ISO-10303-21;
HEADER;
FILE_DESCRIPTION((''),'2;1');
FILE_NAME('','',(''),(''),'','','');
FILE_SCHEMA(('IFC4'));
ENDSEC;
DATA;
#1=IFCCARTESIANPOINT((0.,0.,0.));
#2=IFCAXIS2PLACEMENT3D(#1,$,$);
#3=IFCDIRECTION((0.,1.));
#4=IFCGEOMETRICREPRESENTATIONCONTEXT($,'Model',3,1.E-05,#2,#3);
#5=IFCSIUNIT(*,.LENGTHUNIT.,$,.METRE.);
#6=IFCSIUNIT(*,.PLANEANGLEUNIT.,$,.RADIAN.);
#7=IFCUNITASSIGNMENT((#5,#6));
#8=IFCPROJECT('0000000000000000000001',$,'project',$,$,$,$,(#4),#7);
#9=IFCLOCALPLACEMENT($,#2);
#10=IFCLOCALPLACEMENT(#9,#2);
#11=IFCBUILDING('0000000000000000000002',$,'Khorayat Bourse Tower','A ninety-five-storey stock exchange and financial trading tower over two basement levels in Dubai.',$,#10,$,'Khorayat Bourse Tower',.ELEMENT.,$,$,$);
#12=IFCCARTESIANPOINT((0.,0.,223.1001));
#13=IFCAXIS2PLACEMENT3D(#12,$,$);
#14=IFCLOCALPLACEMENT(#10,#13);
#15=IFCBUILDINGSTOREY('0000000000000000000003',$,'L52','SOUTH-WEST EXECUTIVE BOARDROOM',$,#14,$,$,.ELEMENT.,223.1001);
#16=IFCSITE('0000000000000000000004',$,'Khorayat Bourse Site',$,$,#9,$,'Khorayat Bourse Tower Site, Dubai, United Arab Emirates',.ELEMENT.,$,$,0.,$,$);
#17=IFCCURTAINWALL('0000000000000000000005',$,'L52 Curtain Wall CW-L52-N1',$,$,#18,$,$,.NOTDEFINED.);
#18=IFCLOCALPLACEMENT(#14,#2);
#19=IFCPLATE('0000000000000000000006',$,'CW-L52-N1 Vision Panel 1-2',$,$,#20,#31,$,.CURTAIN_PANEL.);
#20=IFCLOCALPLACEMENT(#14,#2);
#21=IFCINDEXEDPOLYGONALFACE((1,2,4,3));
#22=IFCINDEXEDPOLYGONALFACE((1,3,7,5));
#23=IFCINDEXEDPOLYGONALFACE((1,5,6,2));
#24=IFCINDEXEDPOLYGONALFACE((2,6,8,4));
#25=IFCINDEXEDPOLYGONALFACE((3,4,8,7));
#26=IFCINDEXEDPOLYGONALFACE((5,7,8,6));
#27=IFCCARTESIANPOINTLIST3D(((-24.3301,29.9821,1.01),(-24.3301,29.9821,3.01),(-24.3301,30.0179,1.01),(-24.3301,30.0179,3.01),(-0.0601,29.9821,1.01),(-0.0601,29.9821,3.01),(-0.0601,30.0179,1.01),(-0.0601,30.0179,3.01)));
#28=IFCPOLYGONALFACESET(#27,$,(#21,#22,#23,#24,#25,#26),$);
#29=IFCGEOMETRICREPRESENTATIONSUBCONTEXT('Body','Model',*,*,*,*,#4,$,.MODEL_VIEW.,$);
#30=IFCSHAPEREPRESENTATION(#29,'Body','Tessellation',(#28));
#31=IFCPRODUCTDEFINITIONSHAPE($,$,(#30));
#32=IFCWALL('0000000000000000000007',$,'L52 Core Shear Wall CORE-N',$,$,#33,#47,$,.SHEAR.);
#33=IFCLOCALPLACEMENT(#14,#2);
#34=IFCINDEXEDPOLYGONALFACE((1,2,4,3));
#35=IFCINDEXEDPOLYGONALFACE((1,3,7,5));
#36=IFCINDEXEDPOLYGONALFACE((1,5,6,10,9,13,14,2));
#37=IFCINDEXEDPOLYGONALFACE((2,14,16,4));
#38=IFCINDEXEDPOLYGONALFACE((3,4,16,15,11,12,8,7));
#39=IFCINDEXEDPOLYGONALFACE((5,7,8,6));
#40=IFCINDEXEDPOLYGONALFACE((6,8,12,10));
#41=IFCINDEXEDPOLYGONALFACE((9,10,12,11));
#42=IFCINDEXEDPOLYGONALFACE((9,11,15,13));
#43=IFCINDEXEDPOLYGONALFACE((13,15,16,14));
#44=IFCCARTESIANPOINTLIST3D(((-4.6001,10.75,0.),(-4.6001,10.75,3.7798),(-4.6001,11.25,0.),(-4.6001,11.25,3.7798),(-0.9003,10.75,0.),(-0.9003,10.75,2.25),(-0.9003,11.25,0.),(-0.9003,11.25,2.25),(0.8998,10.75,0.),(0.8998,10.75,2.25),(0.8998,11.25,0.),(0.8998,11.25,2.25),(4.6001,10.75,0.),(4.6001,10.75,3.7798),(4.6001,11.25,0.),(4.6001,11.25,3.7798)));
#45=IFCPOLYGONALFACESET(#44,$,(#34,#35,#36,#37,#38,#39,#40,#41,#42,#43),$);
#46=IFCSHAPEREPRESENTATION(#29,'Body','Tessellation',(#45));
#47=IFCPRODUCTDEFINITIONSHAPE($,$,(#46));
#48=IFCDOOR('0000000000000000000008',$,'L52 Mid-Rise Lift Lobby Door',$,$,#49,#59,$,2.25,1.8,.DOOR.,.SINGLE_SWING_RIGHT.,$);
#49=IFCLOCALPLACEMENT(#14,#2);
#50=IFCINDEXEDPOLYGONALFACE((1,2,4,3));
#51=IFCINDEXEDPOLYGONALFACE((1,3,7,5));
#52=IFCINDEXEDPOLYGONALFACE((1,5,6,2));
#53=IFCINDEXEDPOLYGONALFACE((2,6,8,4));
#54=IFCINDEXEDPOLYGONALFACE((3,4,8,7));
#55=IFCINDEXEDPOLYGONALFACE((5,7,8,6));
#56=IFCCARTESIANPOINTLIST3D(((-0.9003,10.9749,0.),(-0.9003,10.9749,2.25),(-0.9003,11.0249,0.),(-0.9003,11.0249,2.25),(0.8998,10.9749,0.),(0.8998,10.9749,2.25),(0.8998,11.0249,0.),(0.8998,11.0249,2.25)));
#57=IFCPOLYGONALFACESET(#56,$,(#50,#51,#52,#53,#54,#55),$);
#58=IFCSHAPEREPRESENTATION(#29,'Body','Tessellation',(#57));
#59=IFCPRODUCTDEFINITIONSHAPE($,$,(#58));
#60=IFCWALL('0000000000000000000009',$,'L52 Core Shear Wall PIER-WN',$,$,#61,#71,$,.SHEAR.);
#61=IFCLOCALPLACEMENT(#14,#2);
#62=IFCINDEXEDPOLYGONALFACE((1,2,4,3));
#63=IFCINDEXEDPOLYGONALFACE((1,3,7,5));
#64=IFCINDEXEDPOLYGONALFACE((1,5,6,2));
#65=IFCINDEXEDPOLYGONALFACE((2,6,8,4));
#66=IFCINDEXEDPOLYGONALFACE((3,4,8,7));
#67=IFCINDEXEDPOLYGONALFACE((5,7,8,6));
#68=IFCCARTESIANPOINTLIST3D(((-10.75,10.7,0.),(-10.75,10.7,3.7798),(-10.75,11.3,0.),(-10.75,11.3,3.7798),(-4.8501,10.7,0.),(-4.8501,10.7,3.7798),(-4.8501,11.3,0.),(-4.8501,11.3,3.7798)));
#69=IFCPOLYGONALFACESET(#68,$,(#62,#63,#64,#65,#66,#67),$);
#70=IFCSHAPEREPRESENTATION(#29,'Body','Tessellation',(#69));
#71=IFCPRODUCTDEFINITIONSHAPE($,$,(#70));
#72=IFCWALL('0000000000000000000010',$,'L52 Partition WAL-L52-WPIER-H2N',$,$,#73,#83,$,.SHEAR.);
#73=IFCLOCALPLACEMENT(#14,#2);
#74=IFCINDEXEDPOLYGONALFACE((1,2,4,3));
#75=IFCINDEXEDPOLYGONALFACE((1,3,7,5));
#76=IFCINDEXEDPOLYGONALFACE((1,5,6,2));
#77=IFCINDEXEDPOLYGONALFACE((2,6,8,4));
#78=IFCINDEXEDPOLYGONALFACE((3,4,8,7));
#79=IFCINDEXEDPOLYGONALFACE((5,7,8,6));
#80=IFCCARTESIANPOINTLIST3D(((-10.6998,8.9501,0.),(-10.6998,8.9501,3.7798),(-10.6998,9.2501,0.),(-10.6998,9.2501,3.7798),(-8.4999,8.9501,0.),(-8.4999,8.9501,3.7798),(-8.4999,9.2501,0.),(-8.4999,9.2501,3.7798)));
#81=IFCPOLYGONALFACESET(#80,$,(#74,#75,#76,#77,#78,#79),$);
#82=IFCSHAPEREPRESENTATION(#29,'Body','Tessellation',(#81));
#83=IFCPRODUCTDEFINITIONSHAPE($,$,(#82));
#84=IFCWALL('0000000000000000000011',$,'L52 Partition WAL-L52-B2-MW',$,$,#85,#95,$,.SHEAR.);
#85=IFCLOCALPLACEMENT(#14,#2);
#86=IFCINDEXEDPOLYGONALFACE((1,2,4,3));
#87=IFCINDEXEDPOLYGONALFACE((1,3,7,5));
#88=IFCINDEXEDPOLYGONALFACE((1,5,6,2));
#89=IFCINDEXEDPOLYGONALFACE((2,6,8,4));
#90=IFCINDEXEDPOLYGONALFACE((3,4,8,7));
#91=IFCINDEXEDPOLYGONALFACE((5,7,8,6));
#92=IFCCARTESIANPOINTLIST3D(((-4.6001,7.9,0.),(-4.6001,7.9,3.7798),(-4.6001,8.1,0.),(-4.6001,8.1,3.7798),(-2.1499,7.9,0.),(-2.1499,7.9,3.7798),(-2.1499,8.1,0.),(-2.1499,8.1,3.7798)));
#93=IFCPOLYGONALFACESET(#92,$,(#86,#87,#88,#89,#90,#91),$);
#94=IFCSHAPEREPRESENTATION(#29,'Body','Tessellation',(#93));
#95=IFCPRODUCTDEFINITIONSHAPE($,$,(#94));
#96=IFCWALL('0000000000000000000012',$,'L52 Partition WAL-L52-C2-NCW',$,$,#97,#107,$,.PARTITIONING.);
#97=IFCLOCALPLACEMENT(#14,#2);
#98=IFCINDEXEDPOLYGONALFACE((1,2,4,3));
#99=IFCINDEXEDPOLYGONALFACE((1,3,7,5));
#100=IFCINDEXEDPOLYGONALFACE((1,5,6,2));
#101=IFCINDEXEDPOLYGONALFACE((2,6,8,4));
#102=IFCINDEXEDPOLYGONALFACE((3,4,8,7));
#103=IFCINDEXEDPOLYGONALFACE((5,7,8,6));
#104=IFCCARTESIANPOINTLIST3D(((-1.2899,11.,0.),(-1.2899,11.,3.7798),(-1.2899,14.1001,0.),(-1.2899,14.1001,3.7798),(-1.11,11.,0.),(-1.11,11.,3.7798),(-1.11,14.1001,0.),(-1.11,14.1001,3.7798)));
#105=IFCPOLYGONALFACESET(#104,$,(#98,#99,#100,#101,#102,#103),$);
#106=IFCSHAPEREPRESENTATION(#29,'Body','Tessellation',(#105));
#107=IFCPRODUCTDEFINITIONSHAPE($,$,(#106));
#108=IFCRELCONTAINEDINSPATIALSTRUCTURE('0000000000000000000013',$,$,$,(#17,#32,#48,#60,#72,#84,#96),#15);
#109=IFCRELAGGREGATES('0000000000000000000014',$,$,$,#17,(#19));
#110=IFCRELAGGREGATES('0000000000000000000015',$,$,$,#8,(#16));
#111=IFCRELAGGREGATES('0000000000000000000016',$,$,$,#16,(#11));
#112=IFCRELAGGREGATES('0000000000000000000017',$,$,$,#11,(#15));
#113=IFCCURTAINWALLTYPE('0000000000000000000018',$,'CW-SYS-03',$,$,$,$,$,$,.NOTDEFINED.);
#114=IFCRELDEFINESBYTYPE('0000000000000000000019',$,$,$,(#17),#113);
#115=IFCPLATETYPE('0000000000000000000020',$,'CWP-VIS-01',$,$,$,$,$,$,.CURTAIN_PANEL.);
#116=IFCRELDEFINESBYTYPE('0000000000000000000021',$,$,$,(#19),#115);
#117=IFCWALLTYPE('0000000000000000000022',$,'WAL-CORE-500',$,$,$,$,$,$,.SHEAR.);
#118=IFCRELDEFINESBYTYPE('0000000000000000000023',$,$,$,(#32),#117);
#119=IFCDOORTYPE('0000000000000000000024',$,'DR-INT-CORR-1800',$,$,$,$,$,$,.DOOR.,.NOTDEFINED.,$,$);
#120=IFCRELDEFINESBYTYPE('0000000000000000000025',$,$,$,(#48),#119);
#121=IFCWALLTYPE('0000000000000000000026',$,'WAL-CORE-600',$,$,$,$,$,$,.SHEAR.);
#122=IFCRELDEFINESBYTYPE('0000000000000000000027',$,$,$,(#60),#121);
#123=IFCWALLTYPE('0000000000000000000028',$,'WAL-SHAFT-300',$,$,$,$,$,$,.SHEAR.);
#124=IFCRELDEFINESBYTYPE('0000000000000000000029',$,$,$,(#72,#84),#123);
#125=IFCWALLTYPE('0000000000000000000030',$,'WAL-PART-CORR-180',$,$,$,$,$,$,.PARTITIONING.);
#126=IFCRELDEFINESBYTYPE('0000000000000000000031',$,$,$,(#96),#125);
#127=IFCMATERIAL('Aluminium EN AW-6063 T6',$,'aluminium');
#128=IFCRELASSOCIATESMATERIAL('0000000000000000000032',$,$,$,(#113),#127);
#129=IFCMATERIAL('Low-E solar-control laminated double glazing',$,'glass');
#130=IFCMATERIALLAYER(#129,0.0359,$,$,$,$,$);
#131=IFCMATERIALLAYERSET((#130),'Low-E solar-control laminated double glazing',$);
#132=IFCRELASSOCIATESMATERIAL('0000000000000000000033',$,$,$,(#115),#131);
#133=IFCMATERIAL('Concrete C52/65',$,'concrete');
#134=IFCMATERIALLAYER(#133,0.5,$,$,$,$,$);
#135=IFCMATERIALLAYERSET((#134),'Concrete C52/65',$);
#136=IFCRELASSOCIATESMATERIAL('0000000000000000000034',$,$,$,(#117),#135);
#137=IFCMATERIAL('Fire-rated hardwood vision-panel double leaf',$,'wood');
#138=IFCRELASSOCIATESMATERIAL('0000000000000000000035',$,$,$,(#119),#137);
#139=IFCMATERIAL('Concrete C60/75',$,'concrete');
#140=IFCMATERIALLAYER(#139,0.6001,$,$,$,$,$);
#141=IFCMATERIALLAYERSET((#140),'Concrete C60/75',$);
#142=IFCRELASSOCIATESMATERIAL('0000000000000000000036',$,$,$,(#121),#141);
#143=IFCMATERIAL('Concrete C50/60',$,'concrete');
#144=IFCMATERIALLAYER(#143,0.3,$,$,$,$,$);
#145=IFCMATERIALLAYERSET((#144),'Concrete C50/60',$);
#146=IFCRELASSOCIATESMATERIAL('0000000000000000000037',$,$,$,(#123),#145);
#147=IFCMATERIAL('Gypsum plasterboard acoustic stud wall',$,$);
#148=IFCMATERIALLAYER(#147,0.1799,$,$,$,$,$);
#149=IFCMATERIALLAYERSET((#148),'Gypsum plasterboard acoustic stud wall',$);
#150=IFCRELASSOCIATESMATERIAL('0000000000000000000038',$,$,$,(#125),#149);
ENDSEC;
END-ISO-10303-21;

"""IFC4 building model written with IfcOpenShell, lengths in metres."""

from ifc_helpers import new_model, si_unit, direction, frame, frame_2d, origin, origin_2d, place, context, subcontext, project, spatial, rectangle, extrude, source, transform, mapped, material, layer, layer_set, type_object, element, fill, aggregate, save


model = new_model("IFC4")

# Units and contexts
model_context = context("Model", 3, precision=1e-05, world=origin(), true_north=direction((0.0, 1.0)))
body_context = subcontext(model_context, "Body", "Model", "MODEL_VIEW")
ifc_project = project(units=[si_unit("LENGTHUNIT", "METRE"), si_unit("PLANEANGLEUNIT", "RADIAN")], contexts=[model_context])

# Site, building, storey
site_placement = place(None, origin())
site = spatial("IfcSite", under=ifc_project, at=site_placement, Name="Khorayat Bourse Site", LongName="Khorayat Bourse Tower Site, Dubai, United Arab Emirates", CompositionType="ELEMENT", RefElevation=0.0)
building_placement = place(site_placement, origin())
building = spatial("IfcBuilding", under=site, at=building_placement, Name="Khorayat Bourse Tower", Description="A ninety-five-storey stock exchange and financial trading tower over two basement levels in Dubai.", LongName="Khorayat Bourse Tower", CompositionType="ELEMENT")
storey_placement = place(building_placement, frame((0.0, 0.0, 223.1001)))
storey = spatial("IfcBuildingStorey", under=building, at=storey_placement, Name="L52", Description="SOUTH-WEST EXECUTIVE BOARDROOM", CompositionType="ELEMENT", Elevation=223.1001)

# Shared definitions
ifc_material_1 = material(Name="Concrete C60/75", Category="concrete")

# Curtain wall, plate
ifc_material_2 = material(Name="Aluminium EN AW-6063 T6", Category="aluminium")
curtain_wall_type = type_object("IfcCurtainWallType", Name="CW-SYS-03", PredefinedType="NOTDEFINED", material=ifc_material_2)
curtain_wall_placement = place(storey_placement, origin())
curtain_wall = element("IfcCurtainWall", 1, at=curtain_wall_placement, inside=storey, type_object=curtain_wall_type, Name="L52 Curtain Wall CW-L52-N1", PredefinedType="NOTDEFINED")
ifc_material_3 = material(Name="Low-E solar-control laminated double glazing", Category="glass")
ifc_layer_1 = layer(ifc_material_3, 0.0359)
ifc_layer_set_1 = layer_set([ifc_layer_1], Name="Low-E solar-control laminated double glazing")
plate_type_1 = type_object("IfcPlateType", Name="CWP-VIS-01", PredefinedType="CURTAIN_PANEL", material=ifc_layer_set_1)
shared_shape_1 = source(origin(), body_context, "Body", "SweptSolid", [
    extrude(rectangle(XDim=24.27, YDim=0.0359, at=origin_2d()), origin(), (0.0, 0.0, 1.0), 2.0),
])
plate_1_placement = place(storey_placement, frame((-12.1951, 30.0, 1.01), z_axis=(0.0, 0.0, 1.0), x_axis=(1.0, 0.0, 0.0)))
plate_1 = element("IfcPlate", 2, at=plate_1_placement, type_object=plate_type_1, Name="CW-L52-N1 Vision Panel 1-2", PredefinedType="CURTAIN_PANEL", context=body_context, shape_type="MappedRepresentation", body=[
    mapped(shared_shape_1, transform((0.0, 0.0, 0.0), scale=1.0)),
])
aggregate(curtain_wall, [plate_1])

# Wall, opening, door
ifc_material_4 = material(Name="Concrete C52/65", Category="concrete")
ifc_layer_2 = layer(ifc_material_4, 0.5)
ifc_layer_set_2 = layer_set([ifc_layer_2], Name="Concrete C52/65")
wall_type_1 = type_object("IfcWallType", Name="WAL-CORE-500", PredefinedType="SHEAR", material=ifc_layer_set_2)
shared_shape_2 = source(origin(), body_context, "Body", "SweptSolid", [
    extrude(rectangle(XDim=9.2002, YDim=0.5, at=frame_2d((4.6001, 0.0))), origin(), (0.0, 0.0, 1.0), 3.7798),
])
wall_1_placement = place(storey_placement, frame((-4.6001, 11.0, 0.0), z_axis=(0.0, 0.0, 1.0), x_axis=(1.0, 0.0, 0.0)))
wall_1 = element("IfcWall", 3, at=wall_1_placement, inside=storey, type_object=wall_type_1, Name="L52 Core Shear Wall CORE-N", PredefinedType="SHEAR", context=body_context, shape_type="MappedRepresentation", body=[
    mapped(shared_shape_2, transform((0.0, 0.0, 0.0), scale=1.0)),
])
shared_shape_3 = source(origin(), body_context, "Body", "SweptSolid", [
    extrude(rectangle(XDim=1.8, YDim=2.25, at=frame_2d((0.8999, 1.125))), frame((0.0, 0.26, 0.0), z_axis=(0.0, -1.0, 0.0), x_axis=(1.0, 0.0, 0.0)), (0.0, 0.0, 1.0), 0.52),
])
opening_placement = place(wall_1_placement, frame((3.7, 0.0, 0.0)))
opening = element("IfcOpeningElement", 4, at=opening_placement, cuts=wall_1, PredefinedType="OPENING", context=body_context, shape_type="MappedRepresentation", body=[
    mapped(shared_shape_3, transform((0.0, 0.0, 0.0), scale=1.0)),
])
ifc_material_5 = material(Name="Fire-rated hardwood vision-panel double leaf", Category="wood")
door_type = type_object("IfcDoorType", Name="DR-INT-CORR-1800", OperationType="NOTDEFINED", PredefinedType="DOOR", material=ifc_material_5)
shared_shape_4 = source(origin(), body_context, "Body", "SweptSolid", [
    extrude(rectangle(XDim=1.8, YDim=2.25, at=frame_2d((0.8999, 1.125))), frame((0.0, 0.0249, 0.0), z_axis=(0.0, -1.0, 0.0), x_axis=(1.0, 0.0, 0.0)), (0.0, 0.0, 1.0), 0.05),
])
door_placement = place(opening_placement, origin())
door = element("IfcDoor", 5, at=door_placement, inside=storey, type_object=door_type, Name="L52 Mid-Rise Lift Lobby Door", OperationType="SINGLE_SWING_RIGHT", OverallHeight=2.25, OverallWidth=1.8, PredefinedType="DOOR", context=body_context, shape_type="MappedRepresentation", body=[
    mapped(shared_shape_4, transform((0.0, 0.0, 0.0), scale=1.0)),
])
fill(opening, door)

# Walls
ifc_layer_3 = layer(ifc_material_1, 0.6001)
ifc_layer_set_3 = layer_set([ifc_layer_3], Name="Concrete C60/75")
wall_type_2 = type_object("IfcWallType", Name="WAL-CORE-600", PredefinedType="SHEAR", material=ifc_layer_set_3)
shared_shape_5 = source(origin(), body_context, "Body", "SweptSolid", [
    extrude(rectangle(XDim=5.8999, YDim=0.6001, at=frame_2d((2.95, 0.0))), origin(), (0.0, 0.0, 1.0), 3.7798),
])
wall_2_placement = place(storey_placement, frame((-10.75, 11.0, 0.0), z_axis=(0.0, 0.0, 1.0), x_axis=(1.0, 0.0, 0.0)))
element("IfcWall", 6, at=wall_2_placement, inside=storey, type_object=wall_type_2, Name="L52 Core Shear Wall PIER-WN", PredefinedType="SHEAR", context=body_context, shape_type="MappedRepresentation", body=[
    mapped(shared_shape_5, transform((0.0, 0.0, 0.0), scale=1.0)),
])
ifc_material_6 = material(Name="Concrete C50/60", Category="concrete")
ifc_layer_4 = layer(ifc_material_6, 0.3)
ifc_layer_set_4 = layer_set([ifc_layer_4], Name="Concrete C50/60")
wall_type_3 = type_object("IfcWallType", Name="WAL-SHAFT-300", PredefinedType="SHEAR", material=ifc_layer_set_4)
shared_shape_6 = source(origin(), body_context, "Body", "SweptSolid", [
    extrude(rectangle(XDim=2.2, YDim=0.3, at=frame_2d((1.1001, 0.0))), origin(), (0.0, 0.0, 1.0), 3.7798),
])
wall_3_placement = place(storey_placement, frame((-10.7, 9.1001, 0.0), z_axis=(0.0, 0.0, 1.0), x_axis=(1.0, 0.0, 0.0)))
element("IfcWall", 7, at=wall_3_placement, inside=storey, type_object=wall_type_3, Name="L52 Partition WAL-L52-WPIER-H2N", PredefinedType="SHEAR", context=body_context, shape_type="MappedRepresentation", body=[
    mapped(shared_shape_6, transform((0.0, 0.0, 0.0), scale=1.0)),
])
shared_shape_7 = source(origin(), body_context, "Body", "SweptSolid", [
    extrude(rectangle(XDim=2.4502, YDim=0.2, at=frame_2d((1.2251, 0.0))), origin(), (0.0, 0.0, 1.0), 3.7798),
])
wall_4_placement = place(storey_placement, frame((-4.6001, 8.0, 0.0), z_axis=(0.0, 0.0, 1.0), x_axis=(1.0, 0.0, 0.0)))
element("IfcWall", 8, at=wall_4_placement, inside=storey, type_object=wall_type_3, Name="L52 Partition WAL-L52-B2-MW", PredefinedType="SHEAR", context=body_context, shape_type="MappedRepresentation", body=[
    mapped(shared_shape_7, transform((0.0, 0.0, 0.0), scale=1.0)),
])
ifc_material_7 = material(Name="Gypsum plasterboard acoustic stud wall")
ifc_layer_5 = layer(ifc_material_7, 0.1799)
ifc_layer_set_5 = layer_set([ifc_layer_5], Name="Gypsum plasterboard acoustic stud wall")
wall_type_4 = type_object("IfcWallType", Name="WAL-PART-CORR-180", PredefinedType="PARTITIONING", material=ifc_layer_set_5)
shared_shape_8 = source(origin(), body_context, "Body", "SweptSolid", [
    extrude(rectangle(XDim=3.1001, YDim=0.1799, at=frame_2d((1.55, 0.0))), origin(), (0.0, 0.0, 1.0), 3.7798),
])
wall_5_placement = place(storey_placement, frame((-1.2, 11.0, 0.0), z_axis=(0.0, 0.0, 1.0), x_axis=(0.0, 1.0, 0.0)))
element("IfcWall", 9, at=wall_5_placement, inside=storey, type_object=wall_type_4, Name="L52 Partition WAL-L52-C2-NCW", PredefinedType="PARTITIONING", context=body_context, shape_type="MappedRepresentation", body=[
    mapped(shared_shape_8, transform((0.0, 0.0, 0.0), scale=1.0)),
])

save(model, "model.ifc")
